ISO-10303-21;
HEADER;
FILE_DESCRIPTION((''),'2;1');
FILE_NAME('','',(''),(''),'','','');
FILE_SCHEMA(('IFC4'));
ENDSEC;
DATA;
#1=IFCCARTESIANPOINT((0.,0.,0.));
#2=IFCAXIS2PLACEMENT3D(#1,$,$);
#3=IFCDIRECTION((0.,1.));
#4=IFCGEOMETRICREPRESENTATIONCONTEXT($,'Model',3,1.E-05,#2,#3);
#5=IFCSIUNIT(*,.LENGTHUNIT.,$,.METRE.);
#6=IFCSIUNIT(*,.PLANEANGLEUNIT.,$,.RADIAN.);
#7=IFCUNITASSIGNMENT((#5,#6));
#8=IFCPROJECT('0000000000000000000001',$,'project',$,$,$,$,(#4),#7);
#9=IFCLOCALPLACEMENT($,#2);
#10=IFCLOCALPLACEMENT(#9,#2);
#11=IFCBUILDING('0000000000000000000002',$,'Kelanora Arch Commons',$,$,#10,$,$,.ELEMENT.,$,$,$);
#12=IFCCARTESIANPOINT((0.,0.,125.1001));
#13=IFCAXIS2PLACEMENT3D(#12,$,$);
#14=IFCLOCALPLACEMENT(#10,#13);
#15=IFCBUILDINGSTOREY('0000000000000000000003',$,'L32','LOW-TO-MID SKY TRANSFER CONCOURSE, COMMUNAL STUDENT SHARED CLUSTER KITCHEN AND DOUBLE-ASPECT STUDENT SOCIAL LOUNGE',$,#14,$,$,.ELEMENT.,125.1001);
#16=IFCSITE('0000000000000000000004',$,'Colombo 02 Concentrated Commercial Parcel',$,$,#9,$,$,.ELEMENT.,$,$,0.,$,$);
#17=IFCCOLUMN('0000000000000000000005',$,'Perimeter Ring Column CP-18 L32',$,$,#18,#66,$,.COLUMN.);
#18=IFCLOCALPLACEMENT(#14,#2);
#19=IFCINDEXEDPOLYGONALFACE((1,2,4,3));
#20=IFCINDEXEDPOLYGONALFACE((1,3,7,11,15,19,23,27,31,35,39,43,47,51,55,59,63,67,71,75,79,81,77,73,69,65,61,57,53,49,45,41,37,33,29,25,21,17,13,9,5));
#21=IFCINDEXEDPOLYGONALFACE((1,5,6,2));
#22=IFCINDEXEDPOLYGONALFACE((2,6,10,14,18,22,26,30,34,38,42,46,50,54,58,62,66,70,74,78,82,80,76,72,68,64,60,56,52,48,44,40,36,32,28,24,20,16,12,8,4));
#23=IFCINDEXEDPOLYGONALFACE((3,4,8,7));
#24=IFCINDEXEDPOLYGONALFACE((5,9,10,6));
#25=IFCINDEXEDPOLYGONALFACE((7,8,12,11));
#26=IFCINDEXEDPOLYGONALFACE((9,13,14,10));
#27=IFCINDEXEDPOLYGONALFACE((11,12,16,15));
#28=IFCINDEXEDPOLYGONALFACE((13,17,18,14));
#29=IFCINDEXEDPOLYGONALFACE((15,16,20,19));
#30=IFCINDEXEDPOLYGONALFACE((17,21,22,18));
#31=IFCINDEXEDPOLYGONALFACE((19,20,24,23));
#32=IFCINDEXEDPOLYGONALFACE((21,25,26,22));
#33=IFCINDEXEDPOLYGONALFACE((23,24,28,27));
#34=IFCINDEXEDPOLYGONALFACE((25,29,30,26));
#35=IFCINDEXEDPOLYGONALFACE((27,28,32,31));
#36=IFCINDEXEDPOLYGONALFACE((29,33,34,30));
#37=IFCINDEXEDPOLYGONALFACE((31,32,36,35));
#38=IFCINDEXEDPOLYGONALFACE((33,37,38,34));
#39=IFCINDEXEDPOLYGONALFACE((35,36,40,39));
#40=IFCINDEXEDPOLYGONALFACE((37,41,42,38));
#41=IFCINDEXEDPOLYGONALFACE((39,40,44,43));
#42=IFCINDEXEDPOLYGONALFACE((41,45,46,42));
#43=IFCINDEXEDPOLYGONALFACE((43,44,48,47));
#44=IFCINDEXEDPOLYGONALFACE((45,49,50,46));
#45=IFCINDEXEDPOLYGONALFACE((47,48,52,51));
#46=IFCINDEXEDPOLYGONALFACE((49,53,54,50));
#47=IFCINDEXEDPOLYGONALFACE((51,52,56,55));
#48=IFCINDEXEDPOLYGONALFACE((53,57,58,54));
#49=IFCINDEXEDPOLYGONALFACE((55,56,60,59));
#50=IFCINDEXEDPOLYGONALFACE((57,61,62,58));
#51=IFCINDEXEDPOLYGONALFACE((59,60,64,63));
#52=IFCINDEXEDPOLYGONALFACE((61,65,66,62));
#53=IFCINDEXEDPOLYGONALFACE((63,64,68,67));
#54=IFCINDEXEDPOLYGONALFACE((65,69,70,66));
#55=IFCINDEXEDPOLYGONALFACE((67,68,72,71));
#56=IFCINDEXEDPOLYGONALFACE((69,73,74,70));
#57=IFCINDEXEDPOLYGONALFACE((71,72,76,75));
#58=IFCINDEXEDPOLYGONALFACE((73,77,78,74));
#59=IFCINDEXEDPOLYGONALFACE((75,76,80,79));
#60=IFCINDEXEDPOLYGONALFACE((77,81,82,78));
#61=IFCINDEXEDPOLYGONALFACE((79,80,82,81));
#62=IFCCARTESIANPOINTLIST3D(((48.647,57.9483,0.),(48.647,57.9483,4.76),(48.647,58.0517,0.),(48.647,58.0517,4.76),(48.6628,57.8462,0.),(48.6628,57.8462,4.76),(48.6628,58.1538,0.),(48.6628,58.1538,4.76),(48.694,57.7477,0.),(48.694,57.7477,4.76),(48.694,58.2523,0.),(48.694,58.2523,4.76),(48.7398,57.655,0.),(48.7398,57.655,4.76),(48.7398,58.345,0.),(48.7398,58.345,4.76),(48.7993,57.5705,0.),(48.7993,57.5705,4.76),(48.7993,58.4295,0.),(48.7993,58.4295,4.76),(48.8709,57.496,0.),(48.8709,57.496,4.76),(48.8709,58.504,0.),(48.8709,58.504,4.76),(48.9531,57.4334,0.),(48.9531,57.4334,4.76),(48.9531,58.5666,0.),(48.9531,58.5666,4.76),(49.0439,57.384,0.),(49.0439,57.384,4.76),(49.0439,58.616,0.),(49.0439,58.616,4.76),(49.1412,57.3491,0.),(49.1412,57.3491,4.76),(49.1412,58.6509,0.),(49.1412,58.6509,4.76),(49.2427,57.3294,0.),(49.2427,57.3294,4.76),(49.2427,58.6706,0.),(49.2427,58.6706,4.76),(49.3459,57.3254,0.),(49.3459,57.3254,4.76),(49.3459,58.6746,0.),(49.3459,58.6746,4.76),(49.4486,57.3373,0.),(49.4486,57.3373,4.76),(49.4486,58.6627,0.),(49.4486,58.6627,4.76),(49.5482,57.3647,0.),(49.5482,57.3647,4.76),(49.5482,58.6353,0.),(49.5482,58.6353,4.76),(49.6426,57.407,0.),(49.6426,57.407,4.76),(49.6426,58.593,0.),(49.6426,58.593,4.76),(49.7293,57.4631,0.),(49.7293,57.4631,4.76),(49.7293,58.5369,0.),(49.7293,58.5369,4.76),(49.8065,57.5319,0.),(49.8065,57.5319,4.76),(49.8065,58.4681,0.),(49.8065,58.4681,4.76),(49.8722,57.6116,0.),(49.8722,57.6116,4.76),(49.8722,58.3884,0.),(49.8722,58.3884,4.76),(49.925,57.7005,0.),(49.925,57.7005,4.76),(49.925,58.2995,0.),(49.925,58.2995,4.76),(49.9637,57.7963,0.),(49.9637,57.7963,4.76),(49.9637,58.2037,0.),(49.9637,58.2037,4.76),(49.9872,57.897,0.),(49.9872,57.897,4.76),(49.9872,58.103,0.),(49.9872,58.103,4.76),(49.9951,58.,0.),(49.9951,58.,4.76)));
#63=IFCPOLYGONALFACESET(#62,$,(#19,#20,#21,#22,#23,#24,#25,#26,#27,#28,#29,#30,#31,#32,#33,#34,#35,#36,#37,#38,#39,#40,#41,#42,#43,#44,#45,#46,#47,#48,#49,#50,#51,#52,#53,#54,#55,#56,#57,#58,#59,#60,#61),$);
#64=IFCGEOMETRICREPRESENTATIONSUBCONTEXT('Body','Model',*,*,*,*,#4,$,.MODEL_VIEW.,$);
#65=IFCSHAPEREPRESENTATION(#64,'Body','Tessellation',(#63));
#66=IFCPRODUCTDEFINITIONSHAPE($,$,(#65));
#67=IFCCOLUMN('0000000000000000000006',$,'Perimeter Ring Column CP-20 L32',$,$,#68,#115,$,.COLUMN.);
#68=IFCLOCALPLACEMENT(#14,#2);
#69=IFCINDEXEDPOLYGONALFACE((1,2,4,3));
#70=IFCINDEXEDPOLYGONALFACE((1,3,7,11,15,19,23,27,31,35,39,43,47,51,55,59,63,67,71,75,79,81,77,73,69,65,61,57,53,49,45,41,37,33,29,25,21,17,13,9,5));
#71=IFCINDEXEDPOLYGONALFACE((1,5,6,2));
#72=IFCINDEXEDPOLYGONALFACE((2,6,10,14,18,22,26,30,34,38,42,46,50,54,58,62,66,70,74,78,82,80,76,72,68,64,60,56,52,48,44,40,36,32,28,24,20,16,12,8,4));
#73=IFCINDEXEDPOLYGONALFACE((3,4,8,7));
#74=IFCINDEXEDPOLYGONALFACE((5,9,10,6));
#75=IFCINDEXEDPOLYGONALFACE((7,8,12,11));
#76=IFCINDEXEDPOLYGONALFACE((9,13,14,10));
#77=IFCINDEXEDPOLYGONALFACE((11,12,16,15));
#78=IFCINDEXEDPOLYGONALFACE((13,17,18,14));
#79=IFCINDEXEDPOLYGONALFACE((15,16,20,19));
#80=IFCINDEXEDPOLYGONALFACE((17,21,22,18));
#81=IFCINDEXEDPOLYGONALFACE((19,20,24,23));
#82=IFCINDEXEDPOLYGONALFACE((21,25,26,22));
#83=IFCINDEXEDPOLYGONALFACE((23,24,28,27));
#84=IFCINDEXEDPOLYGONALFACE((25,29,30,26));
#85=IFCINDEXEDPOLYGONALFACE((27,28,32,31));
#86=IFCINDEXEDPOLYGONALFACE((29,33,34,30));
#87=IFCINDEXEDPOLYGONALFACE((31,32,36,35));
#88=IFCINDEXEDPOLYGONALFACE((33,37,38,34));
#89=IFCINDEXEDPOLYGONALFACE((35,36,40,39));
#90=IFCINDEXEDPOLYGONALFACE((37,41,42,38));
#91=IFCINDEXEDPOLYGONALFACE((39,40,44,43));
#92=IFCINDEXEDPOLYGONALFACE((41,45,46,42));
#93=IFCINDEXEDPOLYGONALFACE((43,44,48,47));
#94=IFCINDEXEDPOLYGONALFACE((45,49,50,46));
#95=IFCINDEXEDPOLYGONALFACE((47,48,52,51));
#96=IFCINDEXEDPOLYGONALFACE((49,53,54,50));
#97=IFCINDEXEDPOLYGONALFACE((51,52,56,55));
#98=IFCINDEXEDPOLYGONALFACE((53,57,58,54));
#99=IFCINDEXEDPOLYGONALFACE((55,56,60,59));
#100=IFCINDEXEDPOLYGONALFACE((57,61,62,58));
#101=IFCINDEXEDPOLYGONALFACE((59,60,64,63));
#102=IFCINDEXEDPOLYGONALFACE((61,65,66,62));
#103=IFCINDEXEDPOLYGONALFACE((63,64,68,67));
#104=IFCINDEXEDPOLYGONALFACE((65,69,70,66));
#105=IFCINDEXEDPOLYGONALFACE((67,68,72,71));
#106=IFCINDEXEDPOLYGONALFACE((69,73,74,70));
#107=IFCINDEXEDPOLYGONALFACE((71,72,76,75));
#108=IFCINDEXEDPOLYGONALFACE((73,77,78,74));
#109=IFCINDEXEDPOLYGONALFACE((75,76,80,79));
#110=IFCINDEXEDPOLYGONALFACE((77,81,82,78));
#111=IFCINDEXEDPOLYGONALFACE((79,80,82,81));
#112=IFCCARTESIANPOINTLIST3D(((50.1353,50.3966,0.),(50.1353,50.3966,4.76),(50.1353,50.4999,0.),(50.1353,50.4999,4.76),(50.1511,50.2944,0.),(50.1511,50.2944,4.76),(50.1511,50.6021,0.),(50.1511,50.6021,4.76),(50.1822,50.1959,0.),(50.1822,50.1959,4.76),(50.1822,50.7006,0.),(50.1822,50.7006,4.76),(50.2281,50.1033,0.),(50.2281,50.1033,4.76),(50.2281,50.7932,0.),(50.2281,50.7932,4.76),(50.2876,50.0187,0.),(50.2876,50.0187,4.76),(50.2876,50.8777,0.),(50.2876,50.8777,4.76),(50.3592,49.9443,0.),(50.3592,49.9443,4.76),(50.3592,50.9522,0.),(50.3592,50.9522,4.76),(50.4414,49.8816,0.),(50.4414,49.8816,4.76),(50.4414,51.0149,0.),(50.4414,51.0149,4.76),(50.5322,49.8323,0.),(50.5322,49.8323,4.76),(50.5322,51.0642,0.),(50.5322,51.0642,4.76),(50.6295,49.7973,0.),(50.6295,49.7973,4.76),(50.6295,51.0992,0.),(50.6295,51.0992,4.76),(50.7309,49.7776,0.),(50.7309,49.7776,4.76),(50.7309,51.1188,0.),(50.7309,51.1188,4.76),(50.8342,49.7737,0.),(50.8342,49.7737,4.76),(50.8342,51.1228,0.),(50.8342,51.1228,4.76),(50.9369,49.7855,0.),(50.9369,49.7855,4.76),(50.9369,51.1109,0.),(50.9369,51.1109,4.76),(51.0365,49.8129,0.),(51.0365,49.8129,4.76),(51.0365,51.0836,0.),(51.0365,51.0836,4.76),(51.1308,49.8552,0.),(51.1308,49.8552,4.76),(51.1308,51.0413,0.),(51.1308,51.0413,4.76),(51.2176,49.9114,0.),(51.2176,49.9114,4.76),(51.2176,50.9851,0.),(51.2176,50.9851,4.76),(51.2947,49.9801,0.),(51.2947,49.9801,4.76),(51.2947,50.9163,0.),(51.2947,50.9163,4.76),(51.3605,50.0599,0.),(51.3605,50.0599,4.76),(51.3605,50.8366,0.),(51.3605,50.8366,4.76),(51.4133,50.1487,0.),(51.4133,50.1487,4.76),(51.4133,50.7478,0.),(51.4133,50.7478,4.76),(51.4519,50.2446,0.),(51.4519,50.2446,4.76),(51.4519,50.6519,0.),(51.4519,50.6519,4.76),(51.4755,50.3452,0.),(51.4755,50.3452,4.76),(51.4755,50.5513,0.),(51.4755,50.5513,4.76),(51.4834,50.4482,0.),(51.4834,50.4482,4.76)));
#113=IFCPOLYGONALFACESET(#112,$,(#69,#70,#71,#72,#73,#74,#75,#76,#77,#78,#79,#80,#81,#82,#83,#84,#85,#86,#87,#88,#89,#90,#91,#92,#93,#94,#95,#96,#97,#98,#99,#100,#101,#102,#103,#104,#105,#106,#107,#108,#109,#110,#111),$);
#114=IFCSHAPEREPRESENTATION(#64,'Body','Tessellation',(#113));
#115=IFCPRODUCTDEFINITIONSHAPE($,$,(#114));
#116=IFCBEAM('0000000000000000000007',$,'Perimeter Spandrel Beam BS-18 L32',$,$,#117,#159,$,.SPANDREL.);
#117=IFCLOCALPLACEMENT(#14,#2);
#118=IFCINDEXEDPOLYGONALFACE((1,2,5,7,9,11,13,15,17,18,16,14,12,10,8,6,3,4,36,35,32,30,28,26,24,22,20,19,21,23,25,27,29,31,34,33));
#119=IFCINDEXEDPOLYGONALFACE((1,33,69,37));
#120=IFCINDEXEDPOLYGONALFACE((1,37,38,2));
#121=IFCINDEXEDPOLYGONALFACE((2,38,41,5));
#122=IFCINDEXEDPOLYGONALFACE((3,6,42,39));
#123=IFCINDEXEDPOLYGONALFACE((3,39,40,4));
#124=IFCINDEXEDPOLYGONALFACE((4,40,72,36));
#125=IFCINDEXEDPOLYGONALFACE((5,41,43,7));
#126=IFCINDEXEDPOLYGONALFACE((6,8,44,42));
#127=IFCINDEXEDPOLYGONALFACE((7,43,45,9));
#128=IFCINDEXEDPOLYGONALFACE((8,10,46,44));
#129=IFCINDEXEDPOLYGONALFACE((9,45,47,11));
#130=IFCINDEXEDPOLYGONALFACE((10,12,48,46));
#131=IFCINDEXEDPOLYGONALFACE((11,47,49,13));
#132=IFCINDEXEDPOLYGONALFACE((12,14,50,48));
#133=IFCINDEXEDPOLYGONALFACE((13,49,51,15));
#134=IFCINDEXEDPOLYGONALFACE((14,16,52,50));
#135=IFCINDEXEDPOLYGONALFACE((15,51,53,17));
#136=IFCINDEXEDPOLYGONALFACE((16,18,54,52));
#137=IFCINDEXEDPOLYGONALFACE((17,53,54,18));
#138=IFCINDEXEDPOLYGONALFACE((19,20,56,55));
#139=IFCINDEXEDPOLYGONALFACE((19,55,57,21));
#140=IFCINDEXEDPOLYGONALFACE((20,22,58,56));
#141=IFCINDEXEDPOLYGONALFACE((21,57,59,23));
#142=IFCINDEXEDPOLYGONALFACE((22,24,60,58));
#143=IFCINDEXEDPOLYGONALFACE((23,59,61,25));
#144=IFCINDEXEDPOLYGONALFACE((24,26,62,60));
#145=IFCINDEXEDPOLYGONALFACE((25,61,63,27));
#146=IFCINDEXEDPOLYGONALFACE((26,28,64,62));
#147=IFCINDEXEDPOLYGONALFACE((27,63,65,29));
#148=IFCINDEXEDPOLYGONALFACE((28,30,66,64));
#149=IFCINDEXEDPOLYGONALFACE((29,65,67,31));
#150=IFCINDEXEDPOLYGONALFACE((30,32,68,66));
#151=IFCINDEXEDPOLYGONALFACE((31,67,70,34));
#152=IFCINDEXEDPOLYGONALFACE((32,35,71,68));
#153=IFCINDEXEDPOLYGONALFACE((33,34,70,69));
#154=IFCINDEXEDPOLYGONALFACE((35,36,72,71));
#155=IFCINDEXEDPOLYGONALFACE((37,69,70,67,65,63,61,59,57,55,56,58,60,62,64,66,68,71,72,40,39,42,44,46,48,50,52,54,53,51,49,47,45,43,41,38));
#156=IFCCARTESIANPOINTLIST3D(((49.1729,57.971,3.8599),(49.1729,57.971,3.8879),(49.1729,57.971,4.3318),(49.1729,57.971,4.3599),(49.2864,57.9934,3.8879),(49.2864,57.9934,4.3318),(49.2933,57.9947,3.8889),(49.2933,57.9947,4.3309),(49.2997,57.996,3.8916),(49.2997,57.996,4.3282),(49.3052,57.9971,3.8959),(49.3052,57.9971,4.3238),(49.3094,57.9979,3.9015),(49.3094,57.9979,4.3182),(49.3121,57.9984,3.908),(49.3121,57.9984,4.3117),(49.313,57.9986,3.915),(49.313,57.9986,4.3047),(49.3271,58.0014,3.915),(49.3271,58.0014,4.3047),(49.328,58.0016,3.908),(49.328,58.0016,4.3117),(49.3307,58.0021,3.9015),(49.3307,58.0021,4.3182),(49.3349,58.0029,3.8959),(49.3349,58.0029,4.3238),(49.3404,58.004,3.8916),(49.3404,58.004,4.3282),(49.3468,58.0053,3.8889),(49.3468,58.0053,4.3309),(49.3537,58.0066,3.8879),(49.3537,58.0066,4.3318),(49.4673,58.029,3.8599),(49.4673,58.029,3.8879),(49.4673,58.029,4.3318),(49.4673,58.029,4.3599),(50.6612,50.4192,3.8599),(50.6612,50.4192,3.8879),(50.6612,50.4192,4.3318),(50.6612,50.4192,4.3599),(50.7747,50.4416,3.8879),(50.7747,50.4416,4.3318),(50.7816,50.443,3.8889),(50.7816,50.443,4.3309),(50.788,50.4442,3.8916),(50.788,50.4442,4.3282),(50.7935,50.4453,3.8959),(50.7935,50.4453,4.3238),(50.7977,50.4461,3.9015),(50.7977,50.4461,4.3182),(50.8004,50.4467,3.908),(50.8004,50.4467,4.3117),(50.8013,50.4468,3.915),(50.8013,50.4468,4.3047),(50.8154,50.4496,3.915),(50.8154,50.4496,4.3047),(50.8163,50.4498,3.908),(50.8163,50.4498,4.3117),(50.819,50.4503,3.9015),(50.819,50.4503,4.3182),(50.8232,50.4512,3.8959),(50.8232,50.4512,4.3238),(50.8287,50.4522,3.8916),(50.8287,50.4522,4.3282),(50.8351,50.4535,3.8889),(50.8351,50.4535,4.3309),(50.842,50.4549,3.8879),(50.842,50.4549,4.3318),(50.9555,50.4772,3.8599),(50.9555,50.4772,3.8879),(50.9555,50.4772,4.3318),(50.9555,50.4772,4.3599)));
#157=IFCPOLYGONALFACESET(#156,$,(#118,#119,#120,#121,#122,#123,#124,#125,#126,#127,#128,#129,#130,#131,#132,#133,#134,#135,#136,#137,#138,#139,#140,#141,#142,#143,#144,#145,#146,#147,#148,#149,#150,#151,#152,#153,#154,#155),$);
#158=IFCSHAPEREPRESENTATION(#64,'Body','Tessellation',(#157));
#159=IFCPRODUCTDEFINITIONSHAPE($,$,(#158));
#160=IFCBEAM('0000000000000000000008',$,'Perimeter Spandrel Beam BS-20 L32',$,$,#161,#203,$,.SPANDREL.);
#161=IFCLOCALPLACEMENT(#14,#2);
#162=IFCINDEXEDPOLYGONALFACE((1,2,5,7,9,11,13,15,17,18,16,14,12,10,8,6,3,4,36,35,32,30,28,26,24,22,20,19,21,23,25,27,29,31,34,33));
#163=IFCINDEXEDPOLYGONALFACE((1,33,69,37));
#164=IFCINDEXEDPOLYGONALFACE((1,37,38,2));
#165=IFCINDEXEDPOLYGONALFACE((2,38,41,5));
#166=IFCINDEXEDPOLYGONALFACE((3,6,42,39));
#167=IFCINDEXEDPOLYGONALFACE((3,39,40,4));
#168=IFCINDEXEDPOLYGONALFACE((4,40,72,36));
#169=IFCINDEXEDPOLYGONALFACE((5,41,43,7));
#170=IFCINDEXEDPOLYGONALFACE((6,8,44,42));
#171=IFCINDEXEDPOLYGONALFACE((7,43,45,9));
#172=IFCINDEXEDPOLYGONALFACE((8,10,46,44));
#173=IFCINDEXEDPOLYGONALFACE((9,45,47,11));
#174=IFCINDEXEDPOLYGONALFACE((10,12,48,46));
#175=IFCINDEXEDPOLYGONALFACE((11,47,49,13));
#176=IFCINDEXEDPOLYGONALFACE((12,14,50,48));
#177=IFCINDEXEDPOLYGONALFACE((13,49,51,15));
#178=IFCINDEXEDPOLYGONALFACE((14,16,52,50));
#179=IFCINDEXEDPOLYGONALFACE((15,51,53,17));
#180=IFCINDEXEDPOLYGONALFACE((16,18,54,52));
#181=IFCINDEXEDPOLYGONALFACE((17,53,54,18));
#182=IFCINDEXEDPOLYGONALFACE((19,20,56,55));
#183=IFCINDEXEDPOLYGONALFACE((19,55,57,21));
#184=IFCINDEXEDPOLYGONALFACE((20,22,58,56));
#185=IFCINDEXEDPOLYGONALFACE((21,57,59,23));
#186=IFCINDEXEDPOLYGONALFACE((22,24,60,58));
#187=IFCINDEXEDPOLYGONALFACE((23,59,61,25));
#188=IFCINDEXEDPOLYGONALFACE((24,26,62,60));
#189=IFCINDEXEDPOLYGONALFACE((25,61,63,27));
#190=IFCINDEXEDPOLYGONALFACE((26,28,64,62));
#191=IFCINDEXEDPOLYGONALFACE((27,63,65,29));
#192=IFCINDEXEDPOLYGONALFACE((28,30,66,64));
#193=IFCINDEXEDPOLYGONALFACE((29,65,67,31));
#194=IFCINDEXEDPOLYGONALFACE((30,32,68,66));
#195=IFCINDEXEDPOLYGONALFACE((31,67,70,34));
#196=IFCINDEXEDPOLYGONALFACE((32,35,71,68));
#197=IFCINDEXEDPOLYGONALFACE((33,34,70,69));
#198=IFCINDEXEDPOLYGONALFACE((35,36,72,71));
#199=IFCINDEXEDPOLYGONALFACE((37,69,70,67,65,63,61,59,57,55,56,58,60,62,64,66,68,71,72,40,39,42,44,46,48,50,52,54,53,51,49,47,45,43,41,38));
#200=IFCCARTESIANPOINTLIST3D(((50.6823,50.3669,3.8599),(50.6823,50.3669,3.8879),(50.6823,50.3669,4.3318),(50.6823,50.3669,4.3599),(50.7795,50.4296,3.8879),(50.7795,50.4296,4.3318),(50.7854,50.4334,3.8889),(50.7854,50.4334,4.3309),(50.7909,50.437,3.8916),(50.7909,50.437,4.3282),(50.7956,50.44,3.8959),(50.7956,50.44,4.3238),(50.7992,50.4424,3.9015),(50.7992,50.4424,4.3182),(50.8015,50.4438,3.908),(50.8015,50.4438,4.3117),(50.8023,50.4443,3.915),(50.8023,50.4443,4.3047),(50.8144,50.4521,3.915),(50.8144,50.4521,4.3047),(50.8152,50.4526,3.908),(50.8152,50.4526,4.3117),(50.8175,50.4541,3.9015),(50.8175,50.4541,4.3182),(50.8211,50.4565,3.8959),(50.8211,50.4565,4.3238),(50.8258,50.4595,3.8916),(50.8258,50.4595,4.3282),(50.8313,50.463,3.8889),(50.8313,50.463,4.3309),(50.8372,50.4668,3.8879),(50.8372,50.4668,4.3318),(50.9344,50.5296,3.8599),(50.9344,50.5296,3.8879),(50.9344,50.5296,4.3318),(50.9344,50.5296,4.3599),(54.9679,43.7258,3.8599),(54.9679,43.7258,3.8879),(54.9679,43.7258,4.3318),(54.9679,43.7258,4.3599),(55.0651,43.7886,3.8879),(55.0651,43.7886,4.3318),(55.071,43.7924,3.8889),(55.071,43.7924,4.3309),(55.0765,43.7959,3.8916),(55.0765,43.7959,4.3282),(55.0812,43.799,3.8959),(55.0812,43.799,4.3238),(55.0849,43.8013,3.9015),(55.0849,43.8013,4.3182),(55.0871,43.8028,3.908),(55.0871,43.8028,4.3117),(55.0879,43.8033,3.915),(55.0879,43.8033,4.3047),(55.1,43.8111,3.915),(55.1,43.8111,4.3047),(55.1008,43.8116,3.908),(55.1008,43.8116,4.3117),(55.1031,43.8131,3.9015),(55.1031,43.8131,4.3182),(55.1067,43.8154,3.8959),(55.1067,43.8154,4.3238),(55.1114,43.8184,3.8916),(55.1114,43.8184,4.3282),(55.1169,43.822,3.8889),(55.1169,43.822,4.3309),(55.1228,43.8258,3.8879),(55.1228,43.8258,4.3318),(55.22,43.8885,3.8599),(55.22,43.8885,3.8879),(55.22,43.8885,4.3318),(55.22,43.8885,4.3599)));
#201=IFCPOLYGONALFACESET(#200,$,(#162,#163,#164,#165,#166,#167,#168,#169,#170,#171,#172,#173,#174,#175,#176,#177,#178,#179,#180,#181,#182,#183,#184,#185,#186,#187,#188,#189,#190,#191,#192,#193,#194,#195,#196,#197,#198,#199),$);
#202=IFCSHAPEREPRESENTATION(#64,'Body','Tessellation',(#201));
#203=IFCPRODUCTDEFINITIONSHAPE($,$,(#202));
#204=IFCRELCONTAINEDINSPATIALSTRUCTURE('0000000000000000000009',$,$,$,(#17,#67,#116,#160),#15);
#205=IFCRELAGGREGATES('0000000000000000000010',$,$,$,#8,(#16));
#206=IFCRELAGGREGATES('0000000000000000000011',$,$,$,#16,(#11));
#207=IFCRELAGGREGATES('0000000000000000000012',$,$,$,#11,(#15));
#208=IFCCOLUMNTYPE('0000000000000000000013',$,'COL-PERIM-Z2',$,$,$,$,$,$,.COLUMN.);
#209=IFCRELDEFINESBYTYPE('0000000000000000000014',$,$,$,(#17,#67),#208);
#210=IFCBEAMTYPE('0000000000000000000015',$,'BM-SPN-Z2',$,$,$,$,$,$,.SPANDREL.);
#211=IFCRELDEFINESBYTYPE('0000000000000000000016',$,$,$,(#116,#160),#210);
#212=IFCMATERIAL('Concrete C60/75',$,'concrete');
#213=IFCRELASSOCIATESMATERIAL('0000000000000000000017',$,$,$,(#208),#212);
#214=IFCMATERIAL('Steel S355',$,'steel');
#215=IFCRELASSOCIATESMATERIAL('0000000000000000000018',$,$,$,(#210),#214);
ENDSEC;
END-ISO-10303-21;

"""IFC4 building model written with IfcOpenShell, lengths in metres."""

from ifc_helpers import new_model, si_unit, direction, frame, origin, origin_2d, place, context, subcontext, project, spatial, circle, i_section, extrude, material, material_profile, profile_set, type_object, element, save


model = new_model("IFC4")

# Units and contexts
model_context = context("Model", 3, precision=1e-05, world=origin(), true_north=direction((0.0, 1.0)))
body_context = subcontext(model_context, "Body", "Model", "MODEL_VIEW")
ifc_project = project(units=[si_unit("LENGTHUNIT", "METRE"), si_unit("PLANEANGLEUNIT", "RADIAN")], contexts=[model_context])

# Site, building, storey
site_placement = place(None, origin())
site = spatial("IfcSite", under=ifc_project, at=site_placement, Name="Colombo 02 Concentrated Commercial Parcel", CompositionType="ELEMENT", RefElevation=0.0)
building_placement = place(site_placement, origin())
building = spatial("IfcBuilding", under=site, at=building_placement, Name="Kelanora Arch Commons", CompositionType="ELEMENT")
storey_placement = place(building_placement, frame((0.0, 0.0, 125.1001)))
storey = spatial("IfcBuildingStorey", under=building, at=storey_placement, Name="L32", Description="LOW-TO-MID SKY TRANSFER CONCOURSE, COMMUNAL STUDENT SHARED CLUSTER KITCHEN AND DOUBLE-ASPECT STUDENT SOCIAL LOUNGE", CompositionType="ELEMENT", Elevation=125.1001)

# Columns
ifc_material_1 = material(Name="Concrete C60/75", Category="concrete")
ifc_material_profile_1 = material_profile(ifc_material_1, circle(Radius=0.675, at=origin_2d()), Name="RCC1350")
ifc_profile_set_1 = profile_set([ifc_material_profile_1], Name="Concrete C60/75")
column_type = type_object("IfcColumnType", Name="COL-PERIM-Z2", PredefinedType="COLUMN", material=ifc_profile_set_1)
for number, where, z_axis, x_axis, name in (
    (1, (49.3201, 58.0, 0.0), (0.0, 0.0, 1.0), (1.0, 0.0, 0.0), "Perimeter Ring Column CP-18 L32"),
    (2, (50.8083, 50.4482, 0.0), (0.0, 0.0, 1.0), (1.0, 0.0, 0.0), "Perimeter Ring Column CP-20 L32"),
):
    element("IfcColumn", number, at=place(storey_placement, frame(where, z_axis=z_axis, x_axis=x_axis)), inside=storey, type_object=column_type, Name=name, PredefinedType="COLUMN", context=body_context, shape_type="SweptSolid", body=[
        extrude(circle(Radius=0.675, at=origin_2d()), origin(), (0.0, 0.0, 1.0), 4.76),
    ])

# Beams
ifc_material_2 = material(Name="Steel S355", Category="steel")
ifc_material_profile_2 = material_profile(ifc_material_2, i_section(OverallWidth=0.3, OverallDepth=0.5, WebThickness=0.0144, FlangeThickness=0.0281, FilletRadius=0.0271, at=origin_2d()), Name="HEB500")
ifc_profile_set_2 = profile_set([ifc_material_profile_2], Name="Steel S355")
beam_type = type_object("IfcBeamType", Name="BM-SPN-Z2", PredefinedType="SPANDREL", material=ifc_profile_set_2)
beam_1_placement = place(storey_placement, frame((49.3201, 58.0, 4.1099), z_axis=(0.193358, -0.981128, 0.0), x_axis=(0.981128, 0.193358, 0.0)))
element("IfcBeam", 3, at=beam_1_placement, inside=storey, type_object=beam_type, Name="Perimeter Spandrel Beam BS-18 L32", PredefinedType="SPANDREL", context=body_context, shape_type="SweptSolid", body=[
    extrude(i_section(OverallWidth=0.3, OverallDepth=0.5, WebThickness=0.0144, FlangeThickness=0.0281, FilletRadius=0.0271, at=origin_2d()), origin(), (0.0, 0.0, 1.0), 7.697),
])
beam_2_placement = place(storey_placement, frame((50.8083, 50.4482, 4.1099), z_axis=(0.542221, -0.840236, 0.0), x_axis=(0.840236, 0.542221, 0.0)))
element("IfcBeam", 4, at=beam_2_placement, inside=storey, type_object=beam_type, Name="Perimeter Spandrel Beam BS-20 L32", PredefinedType="SPANDREL", context=body_context, shape_type="SweptSolid", body=[
    extrude(i_section(OverallWidth=0.3, OverallDepth=0.5, WebThickness=0.0144, FlangeThickness=0.0281, FilletRadius=0.0271, at=origin_2d()), origin(), (0.0, 0.0, 1.0), 7.9038),
])

save(model, "model.ifc")
